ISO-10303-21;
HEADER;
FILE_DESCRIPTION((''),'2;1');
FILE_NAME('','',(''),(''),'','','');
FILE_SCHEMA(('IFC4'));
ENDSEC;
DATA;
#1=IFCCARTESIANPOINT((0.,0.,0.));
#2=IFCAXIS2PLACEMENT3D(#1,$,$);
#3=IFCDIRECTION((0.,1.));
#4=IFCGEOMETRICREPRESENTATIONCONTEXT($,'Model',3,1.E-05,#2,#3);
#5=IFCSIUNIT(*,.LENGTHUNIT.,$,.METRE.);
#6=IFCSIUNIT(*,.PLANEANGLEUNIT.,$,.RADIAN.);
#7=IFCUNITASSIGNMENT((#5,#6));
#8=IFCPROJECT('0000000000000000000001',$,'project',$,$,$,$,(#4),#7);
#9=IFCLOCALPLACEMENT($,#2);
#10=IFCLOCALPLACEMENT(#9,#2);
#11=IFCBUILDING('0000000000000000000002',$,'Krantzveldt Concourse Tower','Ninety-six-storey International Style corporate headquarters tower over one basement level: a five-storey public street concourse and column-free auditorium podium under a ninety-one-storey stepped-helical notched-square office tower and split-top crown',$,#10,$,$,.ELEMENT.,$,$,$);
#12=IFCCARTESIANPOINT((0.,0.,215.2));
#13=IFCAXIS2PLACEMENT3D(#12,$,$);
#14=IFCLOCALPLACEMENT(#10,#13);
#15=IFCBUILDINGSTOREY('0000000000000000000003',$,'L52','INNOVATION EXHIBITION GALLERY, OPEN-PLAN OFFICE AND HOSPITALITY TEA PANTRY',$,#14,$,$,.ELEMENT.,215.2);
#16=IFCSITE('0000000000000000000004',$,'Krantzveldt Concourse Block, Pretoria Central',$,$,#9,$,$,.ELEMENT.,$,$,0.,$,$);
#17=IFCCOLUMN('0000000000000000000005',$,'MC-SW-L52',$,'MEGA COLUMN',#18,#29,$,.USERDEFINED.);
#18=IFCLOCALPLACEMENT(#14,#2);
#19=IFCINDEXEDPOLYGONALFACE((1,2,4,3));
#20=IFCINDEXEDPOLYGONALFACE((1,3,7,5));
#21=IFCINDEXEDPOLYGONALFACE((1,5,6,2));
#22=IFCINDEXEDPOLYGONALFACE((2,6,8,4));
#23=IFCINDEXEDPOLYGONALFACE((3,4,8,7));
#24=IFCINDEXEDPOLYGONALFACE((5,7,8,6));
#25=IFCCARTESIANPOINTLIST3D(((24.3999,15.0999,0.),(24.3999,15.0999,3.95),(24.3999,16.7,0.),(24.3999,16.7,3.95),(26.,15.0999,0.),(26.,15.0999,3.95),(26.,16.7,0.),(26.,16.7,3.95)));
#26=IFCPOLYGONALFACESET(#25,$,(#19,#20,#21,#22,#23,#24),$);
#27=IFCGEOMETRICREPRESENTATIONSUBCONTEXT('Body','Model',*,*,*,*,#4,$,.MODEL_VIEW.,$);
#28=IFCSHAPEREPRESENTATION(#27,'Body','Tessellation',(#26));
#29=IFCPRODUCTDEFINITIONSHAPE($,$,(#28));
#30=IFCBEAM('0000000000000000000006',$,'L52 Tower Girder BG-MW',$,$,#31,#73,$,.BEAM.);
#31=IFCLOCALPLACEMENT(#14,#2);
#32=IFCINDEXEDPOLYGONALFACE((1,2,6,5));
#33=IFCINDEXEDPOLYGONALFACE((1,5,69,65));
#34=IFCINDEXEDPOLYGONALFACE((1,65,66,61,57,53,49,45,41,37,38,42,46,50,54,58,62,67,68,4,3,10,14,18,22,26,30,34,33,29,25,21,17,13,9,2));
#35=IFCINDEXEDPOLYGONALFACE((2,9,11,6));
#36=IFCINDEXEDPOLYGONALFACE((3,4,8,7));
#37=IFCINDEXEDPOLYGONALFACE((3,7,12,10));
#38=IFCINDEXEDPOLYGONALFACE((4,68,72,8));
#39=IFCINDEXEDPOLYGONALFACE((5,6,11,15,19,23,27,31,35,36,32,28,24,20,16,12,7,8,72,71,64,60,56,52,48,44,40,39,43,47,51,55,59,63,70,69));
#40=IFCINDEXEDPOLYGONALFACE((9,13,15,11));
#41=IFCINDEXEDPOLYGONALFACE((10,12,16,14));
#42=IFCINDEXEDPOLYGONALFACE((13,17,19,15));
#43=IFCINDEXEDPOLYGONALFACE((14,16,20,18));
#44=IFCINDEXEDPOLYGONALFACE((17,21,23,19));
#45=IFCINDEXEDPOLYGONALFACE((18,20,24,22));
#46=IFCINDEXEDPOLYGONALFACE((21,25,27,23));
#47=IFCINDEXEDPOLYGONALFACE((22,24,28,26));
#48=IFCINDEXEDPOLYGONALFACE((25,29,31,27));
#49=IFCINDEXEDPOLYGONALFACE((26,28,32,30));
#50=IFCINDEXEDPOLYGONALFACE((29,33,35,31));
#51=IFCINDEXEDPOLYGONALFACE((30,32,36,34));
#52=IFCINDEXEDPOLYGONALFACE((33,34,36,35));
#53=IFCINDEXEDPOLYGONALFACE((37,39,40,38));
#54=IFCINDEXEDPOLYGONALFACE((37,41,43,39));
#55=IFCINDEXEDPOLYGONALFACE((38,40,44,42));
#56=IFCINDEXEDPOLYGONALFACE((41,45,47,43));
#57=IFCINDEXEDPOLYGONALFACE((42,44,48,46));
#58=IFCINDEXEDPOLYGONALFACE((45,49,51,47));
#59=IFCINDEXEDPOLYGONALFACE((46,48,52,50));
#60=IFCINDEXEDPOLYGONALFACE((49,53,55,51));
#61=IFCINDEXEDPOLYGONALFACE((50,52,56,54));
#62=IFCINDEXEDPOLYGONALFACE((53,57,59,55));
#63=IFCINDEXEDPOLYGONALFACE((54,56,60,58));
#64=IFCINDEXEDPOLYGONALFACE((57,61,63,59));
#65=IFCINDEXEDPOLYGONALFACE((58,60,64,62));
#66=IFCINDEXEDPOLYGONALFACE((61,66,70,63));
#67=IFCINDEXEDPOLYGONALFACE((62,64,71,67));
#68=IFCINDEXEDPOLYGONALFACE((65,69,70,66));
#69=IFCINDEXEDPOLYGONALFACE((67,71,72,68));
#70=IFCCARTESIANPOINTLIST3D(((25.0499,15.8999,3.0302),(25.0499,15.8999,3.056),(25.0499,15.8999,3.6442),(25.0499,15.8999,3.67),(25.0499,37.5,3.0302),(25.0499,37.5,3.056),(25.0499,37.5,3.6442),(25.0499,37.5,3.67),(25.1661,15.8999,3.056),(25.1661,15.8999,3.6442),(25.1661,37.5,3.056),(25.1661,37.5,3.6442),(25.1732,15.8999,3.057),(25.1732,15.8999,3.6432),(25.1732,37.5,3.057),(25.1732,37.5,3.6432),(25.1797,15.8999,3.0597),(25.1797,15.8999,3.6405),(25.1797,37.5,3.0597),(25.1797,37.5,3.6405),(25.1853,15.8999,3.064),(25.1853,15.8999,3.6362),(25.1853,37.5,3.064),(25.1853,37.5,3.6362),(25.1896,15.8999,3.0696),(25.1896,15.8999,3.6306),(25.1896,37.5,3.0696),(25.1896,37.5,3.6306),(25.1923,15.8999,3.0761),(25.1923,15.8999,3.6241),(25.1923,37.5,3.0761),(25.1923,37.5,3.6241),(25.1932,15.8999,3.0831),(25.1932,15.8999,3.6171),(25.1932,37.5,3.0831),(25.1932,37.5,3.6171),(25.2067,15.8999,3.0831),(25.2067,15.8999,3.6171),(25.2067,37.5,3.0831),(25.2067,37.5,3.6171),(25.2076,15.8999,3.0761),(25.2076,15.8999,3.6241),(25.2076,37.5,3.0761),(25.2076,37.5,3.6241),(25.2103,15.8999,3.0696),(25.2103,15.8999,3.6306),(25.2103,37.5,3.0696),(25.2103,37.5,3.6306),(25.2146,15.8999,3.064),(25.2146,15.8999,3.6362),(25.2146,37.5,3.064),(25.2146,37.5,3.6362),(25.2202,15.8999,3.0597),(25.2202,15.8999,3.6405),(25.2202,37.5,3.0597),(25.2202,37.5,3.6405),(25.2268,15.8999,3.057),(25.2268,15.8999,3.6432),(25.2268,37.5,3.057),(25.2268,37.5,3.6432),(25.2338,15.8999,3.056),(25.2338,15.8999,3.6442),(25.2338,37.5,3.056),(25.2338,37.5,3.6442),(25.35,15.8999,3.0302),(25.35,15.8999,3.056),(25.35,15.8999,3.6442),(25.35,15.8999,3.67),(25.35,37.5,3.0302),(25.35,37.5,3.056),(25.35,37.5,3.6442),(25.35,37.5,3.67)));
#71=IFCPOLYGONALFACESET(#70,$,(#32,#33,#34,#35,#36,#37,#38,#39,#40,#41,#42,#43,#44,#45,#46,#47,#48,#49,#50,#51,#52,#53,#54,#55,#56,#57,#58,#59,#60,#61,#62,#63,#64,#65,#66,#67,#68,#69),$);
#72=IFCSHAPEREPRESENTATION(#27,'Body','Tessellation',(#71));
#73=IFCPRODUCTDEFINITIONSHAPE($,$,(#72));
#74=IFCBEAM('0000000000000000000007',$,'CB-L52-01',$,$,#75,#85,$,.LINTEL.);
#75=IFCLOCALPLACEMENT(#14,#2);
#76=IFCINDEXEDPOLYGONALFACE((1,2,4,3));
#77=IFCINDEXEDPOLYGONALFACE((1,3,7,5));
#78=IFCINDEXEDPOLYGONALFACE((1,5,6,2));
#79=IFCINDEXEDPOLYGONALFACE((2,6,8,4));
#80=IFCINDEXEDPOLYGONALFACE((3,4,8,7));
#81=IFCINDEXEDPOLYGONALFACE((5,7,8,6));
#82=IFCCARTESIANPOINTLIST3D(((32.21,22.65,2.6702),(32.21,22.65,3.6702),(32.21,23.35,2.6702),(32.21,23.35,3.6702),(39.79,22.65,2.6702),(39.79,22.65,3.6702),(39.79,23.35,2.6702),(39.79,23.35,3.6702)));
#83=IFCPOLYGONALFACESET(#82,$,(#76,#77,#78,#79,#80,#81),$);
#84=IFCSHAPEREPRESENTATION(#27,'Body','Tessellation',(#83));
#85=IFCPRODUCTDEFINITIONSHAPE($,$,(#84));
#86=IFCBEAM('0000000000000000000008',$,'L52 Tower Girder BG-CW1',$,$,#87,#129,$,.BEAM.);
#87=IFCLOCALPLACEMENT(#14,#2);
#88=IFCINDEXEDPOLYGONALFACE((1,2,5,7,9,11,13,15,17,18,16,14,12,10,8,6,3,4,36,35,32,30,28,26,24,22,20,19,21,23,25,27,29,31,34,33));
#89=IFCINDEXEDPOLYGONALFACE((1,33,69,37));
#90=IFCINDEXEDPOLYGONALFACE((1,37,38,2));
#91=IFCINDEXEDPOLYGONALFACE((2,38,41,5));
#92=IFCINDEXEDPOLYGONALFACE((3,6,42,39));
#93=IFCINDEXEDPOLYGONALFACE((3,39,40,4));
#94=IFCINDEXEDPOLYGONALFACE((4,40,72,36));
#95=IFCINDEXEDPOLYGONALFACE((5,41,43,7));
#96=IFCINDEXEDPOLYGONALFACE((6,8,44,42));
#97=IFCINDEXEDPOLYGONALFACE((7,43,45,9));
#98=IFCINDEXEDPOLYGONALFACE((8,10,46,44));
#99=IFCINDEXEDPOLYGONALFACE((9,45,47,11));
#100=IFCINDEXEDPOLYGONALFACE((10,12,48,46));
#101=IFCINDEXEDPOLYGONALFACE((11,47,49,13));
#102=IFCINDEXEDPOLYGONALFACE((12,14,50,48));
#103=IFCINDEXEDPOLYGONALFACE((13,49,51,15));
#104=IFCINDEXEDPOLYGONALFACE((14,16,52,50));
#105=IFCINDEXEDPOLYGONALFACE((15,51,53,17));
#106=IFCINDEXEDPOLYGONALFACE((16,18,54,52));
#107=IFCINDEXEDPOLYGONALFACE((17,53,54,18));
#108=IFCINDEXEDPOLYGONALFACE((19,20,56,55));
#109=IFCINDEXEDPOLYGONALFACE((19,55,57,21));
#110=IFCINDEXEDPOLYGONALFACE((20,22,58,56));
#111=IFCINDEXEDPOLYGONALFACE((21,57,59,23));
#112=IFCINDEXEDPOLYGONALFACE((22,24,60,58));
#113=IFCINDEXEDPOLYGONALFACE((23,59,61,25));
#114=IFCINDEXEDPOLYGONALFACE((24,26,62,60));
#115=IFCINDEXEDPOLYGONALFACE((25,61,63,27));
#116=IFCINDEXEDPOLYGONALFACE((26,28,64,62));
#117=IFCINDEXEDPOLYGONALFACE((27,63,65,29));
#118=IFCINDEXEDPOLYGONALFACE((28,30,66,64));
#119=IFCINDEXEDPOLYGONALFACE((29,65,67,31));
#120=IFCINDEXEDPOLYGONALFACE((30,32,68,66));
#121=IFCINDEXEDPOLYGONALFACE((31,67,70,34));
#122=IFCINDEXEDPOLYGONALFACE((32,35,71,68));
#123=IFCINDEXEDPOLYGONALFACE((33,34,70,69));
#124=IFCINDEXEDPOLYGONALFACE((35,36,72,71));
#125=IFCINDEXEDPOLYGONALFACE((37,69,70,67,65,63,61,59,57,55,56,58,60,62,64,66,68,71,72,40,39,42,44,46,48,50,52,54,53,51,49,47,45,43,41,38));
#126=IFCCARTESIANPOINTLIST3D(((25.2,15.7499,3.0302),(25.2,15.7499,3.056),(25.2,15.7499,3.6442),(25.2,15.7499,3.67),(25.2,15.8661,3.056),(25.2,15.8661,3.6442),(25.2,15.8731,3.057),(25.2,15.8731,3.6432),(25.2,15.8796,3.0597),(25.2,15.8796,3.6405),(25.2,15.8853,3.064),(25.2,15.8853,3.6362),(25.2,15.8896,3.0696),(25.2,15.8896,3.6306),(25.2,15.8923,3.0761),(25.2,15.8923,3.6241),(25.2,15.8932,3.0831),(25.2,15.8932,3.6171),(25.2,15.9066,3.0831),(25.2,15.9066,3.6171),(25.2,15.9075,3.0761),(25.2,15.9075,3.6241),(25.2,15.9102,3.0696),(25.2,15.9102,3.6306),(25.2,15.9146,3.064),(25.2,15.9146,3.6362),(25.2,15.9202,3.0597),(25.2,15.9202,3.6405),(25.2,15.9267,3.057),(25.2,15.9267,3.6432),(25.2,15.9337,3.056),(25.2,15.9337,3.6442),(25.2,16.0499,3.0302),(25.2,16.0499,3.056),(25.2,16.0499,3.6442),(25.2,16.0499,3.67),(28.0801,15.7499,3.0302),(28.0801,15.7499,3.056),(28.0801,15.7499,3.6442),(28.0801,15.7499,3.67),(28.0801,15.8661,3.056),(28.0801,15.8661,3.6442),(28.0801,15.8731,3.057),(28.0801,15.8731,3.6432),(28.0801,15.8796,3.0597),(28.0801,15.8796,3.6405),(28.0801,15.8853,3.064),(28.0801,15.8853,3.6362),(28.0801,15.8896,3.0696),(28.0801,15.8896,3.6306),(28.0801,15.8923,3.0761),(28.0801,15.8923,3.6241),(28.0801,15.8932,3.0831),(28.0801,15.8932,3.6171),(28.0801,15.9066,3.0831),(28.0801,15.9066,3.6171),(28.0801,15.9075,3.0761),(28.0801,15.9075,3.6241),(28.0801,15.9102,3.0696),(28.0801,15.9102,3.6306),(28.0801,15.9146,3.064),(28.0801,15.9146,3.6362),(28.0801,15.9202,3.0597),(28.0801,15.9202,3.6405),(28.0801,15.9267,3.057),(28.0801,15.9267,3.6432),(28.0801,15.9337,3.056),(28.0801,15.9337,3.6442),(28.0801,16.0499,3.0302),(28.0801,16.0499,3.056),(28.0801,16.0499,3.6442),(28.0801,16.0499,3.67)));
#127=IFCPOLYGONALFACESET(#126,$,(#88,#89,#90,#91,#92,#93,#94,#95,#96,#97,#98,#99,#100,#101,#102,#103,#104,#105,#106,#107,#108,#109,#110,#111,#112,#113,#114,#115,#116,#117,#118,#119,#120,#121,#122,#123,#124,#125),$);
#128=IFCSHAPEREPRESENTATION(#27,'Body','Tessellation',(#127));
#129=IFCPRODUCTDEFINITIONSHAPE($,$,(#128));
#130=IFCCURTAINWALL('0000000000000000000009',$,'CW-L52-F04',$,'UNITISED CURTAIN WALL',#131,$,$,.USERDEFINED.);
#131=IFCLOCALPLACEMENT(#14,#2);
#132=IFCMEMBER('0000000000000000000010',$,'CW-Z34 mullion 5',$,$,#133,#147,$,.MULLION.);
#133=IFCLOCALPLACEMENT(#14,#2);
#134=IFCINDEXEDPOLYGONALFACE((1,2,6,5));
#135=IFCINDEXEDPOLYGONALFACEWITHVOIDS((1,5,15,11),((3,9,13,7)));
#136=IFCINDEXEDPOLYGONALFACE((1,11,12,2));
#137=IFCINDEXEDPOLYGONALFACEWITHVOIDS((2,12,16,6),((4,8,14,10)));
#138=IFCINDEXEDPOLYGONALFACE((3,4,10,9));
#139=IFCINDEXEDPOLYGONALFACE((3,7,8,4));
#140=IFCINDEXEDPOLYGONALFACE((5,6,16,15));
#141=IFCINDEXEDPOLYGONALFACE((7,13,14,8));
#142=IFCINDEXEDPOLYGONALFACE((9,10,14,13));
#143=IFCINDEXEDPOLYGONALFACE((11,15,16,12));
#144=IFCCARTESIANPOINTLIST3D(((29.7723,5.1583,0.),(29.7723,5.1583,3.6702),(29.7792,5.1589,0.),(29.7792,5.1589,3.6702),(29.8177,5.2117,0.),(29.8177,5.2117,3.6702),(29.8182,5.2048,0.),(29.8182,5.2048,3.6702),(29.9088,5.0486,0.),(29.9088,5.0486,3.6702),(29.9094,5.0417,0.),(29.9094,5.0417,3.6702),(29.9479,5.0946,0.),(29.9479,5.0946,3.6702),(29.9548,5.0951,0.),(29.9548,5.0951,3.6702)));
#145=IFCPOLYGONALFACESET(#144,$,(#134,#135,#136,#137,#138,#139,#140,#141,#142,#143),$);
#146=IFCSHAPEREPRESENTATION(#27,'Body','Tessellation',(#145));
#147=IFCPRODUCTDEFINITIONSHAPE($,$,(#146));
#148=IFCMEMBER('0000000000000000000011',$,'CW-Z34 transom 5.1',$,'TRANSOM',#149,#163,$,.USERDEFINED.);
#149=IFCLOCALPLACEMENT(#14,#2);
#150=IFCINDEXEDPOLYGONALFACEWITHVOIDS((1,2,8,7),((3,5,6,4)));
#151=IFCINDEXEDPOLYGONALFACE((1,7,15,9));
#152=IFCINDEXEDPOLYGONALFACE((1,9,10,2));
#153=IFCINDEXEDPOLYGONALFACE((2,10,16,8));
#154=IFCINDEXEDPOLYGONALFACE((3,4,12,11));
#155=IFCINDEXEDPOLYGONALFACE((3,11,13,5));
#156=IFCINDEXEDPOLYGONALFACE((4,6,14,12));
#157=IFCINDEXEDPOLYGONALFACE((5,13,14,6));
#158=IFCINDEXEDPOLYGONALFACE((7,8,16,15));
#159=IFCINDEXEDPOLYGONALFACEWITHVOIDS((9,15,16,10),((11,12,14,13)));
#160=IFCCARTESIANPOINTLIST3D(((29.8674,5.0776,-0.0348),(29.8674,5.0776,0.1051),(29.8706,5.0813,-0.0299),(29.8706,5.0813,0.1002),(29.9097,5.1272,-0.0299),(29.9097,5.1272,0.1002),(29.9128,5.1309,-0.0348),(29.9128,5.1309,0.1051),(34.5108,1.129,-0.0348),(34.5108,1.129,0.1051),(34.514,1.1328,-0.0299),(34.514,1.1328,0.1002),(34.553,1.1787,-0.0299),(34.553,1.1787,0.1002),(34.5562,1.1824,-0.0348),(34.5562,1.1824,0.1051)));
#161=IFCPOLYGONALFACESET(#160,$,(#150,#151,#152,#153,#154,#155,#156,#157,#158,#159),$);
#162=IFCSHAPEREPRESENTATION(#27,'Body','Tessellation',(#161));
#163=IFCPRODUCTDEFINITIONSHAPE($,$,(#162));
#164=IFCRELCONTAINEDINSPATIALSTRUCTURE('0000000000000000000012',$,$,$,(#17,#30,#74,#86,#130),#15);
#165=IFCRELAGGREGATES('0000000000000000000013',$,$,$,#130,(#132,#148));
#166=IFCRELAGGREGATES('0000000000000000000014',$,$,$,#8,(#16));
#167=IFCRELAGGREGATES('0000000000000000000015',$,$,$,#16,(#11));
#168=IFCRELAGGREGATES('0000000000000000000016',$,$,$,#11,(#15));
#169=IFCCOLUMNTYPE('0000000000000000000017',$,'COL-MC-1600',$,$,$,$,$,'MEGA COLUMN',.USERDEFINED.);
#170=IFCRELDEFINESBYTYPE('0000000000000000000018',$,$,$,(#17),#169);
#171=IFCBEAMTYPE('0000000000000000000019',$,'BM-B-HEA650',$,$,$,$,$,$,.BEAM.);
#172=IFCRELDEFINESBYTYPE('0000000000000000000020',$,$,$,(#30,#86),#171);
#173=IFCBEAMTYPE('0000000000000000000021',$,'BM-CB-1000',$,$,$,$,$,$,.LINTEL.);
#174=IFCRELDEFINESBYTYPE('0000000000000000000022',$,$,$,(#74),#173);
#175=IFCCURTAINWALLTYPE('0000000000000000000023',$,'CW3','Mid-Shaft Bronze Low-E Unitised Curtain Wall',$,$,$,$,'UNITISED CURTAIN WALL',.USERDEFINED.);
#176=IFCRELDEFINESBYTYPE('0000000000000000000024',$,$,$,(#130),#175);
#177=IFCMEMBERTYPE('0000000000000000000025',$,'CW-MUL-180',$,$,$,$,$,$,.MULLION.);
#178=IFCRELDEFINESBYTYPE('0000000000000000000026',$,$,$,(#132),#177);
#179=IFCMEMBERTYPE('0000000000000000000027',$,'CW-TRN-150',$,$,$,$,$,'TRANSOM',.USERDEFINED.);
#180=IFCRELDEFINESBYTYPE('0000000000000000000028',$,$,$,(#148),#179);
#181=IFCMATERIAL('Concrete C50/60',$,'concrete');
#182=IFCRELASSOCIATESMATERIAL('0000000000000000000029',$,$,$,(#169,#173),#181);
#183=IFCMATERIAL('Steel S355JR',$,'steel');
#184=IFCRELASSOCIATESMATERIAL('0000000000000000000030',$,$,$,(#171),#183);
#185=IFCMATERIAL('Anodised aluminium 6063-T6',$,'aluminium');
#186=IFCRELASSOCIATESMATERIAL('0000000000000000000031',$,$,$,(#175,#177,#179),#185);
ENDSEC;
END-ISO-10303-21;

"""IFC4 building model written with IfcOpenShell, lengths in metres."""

from ifc_helpers import new_model, si_unit, direction, frame, origin, origin_2d, place, context, subcontext, project, spatial, rectangle, hollow_rectangle, i_section, extrude, source, transform, mapped, material, material_profile, profile_set, type_object, type_shapes, element, aggregate, save


model = new_model("IFC4")

# Units and contexts
model_context = context("Model", 3, precision=1e-05, world=origin(), true_north=direction((0.0, 1.0)))
body_context = subcontext(model_context, "Body", "Model", "MODEL_VIEW")
ifc_project = project(units=[si_unit("LENGTHUNIT", "METRE"), si_unit("PLANEANGLEUNIT", "RADIAN")], contexts=[model_context])

# Site, building, storey
site_placement = place(None, origin())
site = spatial("IfcSite", under=ifc_project, at=site_placement, Name="Krantzveldt Concourse Block, Pretoria Central", CompositionType="ELEMENT", RefElevation=0.0)
building_placement = place(site_placement, origin())
building = spatial("IfcBuilding", under=site, at=building_placement, Name="Krantzveldt Concourse Tower", Description="Ninety-six-storey International Style corporate headquarters tower over one basement level: a five-storey public street concourse and column-free auditorium podium under a ninety-one-storey stepped-helical notched-square office tower and split-top crown", CompositionType="ELEMENT")
storey_placement = place(building_placement, frame((0.0, 0.0, 215.2)))
storey = spatial("IfcBuildingStorey", under=building, at=storey_placement, Name="L52", Description="INNOVATION EXHIBITION GALLERY, OPEN-PLAN OFFICE AND HOSPITALITY TEA PANTRY", CompositionType="ELEMENT", Elevation=215.2)

# Column
ifc_material_1 = material(Name="Concrete C50/60", Category="concrete")
ifc_material_profile_1 = material_profile(ifc_material_1, rectangle(XDim=1.6001, YDim=1.6001, at=origin_2d()), Name="Concrete C50/60", Category="concrete")
ifc_profile_set_1 = profile_set([ifc_material_profile_1], Name="Concrete C50/60 - RC 1600x1600")
column_type = type_object("IfcColumnType", Name="COL-MC-1600", ElementType="MEGA COLUMN", PredefinedType="USERDEFINED", material=ifc_profile_set_1)
shared_shape_1 = source(origin(), body_context, "Body", "SweptSolid", [
    extrude(rectangle(XDim=1.6001, YDim=1.6001, at=origin_2d()), origin(), (0.0, 0.0, 1.0), 3.95),
])
type_shapes(column_type, [shared_shape_1])
column_placement = place(storey_placement, frame((25.2, 15.8999, 0.0), z_axis=(0.0, 0.0, 1.0), x_axis=(1.0, 0.0, 0.0)))
element("IfcColumn", 1, at=column_placement, inside=storey, type_object=column_type, Name="MC-SW-L52", ObjectType="MEGA COLUMN", PredefinedType="USERDEFINED", context=body_context, shape_type="MappedRepresentation", body=[
    mapped(shared_shape_1, transform((0.0, 0.0, 0.0), x_axis=(1.0, 0.0, 0.0), y_axis=(0.0, 1.0, 0.0), z_axis=(0.0, 0.0, 1.0), scale=1.0)),
])

# Beams
ifc_material_2 = material(Name="Steel S355JR", Category="steel")
ifc_material_profile_2 = material_profile(ifc_material_2, i_section(OverallWidth=0.3, OverallDepth=0.6399, WebThickness=0.0134, FlangeThickness=0.0259, FilletRadius=0.0271, at=origin_2d()), Name="Steel S355JR", Category="steel")
ifc_profile_set_2 = profile_set([ifc_material_profile_2], Name="Steel S355JR - HEA 650")
beam_type_1 = type_object("IfcBeamType", Name="BM-B-HEA650", PredefinedType="BEAM", material=ifc_profile_set_2)
shared_shape_2 = source(origin(), body_context, "Body", "SweptSolid", [
    extrude(i_section(OverallWidth=0.3, OverallDepth=0.6399, WebThickness=0.0134, FlangeThickness=0.0259, FilletRadius=0.0271, at=origin_2d()), origin(), (0.0, 0.0, 1.0), 21.6001),
])
beam_1_placement = place(storey_placement, frame((25.2, 15.8999, 3.3501), z_axis=(0.0, 1.0, 0.0), x_axis=(-1.0, 0.0, 0.0)))
element("IfcBeam", 2, at=beam_1_placement, inside=storey, type_object=beam_type_1, Name="L52 Tower Girder BG-MW", PredefinedType="BEAM", context=body_context, shape_type="MappedRepresentation", body=[
    mapped(shared_shape_2, transform((0.0, 0.0, 0.0), x_axis=(1.0, 0.0, 0.0), y_axis=(0.0, 1.0, 0.0), z_axis=(0.0, 0.0, 1.0), scale=1.0)),
])
ifc_material_profile_3 = material_profile(ifc_material_1, rectangle(XDim=0.7, YDim=1.0, at=origin_2d()), Name="Concrete C50/60", Category="concrete")
ifc_profile_set_3 = profile_set([ifc_material_profile_3], Name="Concrete C50/60 - RC-CB 700x1000")
beam_type_2 = type_object("IfcBeamType", Name="BM-CB-1000", PredefinedType="LINTEL", material=ifc_profile_set_3)
shared_shape_3 = source(origin(), body_context, "Body", "SweptSolid", [
    extrude(rectangle(XDim=0.7, YDim=1.0, at=origin_2d()), origin(), (0.0, 0.0, 1.0), 7.5801),
])
type_shapes(beam_type_2, [shared_shape_3])
beam_2_placement = place(storey_placement, frame((32.21, 23.0, 3.1702), z_axis=(1.0, 0.0, 0.0), x_axis=(0.0, 1.0, 0.0)))
element("IfcBeam", 3, at=beam_2_placement, inside=storey, type_object=beam_type_2, Name="CB-L52-01", PredefinedType="LINTEL", context=body_context, shape_type="MappedRepresentation", body=[
    mapped(shared_shape_3, transform((0.0, 0.0, 0.0), x_axis=(1.0, 0.0, 0.0), y_axis=(0.0, 1.0, 0.0), z_axis=(0.0, 0.0, 1.0), scale=1.0)),
])
shared_shape_4 = source(origin(), body_context, "Body", "SweptSolid", [
    extrude(i_section(OverallWidth=0.3, OverallDepth=0.6399, WebThickness=0.0134, FlangeThickness=0.0259, FilletRadius=0.0271, at=origin_2d()), origin(), (0.0, 0.0, 1.0), 2.8801),
])
type_shapes(beam_type_1, [shared_shape_2, shared_shape_4])
beam_3_placement = place(storey_placement, frame((25.2, 15.8999, 3.3501), z_axis=(1.0, 0.0, 0.0), x_axis=(0.0, 1.0, 0.0)))
element("IfcBeam", 4, at=beam_3_placement, inside=storey, type_object=beam_type_1, Name="L52 Tower Girder BG-CW1", PredefinedType="BEAM", context=body_context, shape_type="MappedRepresentation", body=[
    mapped(shared_shape_4, transform((0.0, 0.0, 0.0), x_axis=(1.0, 0.0, 0.0), y_axis=(0.0, 1.0, 0.0), z_axis=(0.0, 0.0, 1.0), scale=1.0)),
])

# Curtain wall, members
ifc_material_3 = material(Name="Anodised aluminium 6063-T6", Category="aluminium")
curtain_wall_type = type_object("IfcCurtainWallType", Name="CW3", Description="Mid-Shaft Bronze Low-E Unitised Curtain Wall", ElementType="UNITISED CURTAIN WALL", PredefinedType="USERDEFINED", material=ifc_material_3)
curtain_wall_placement = place(storey_placement, origin())
curtain_wall = element("IfcCurtainWall", 5, at=curtain_wall_placement, inside=storey, type_object=curtain_wall_type, Name="CW-L52-F04", ObjectType="UNITISED CURTAIN WALL", PredefinedType="USERDEFINED")
ifc_material_profile_4 = material_profile(ifc_material_3, hollow_rectangle(XDim=0.0701, YDim=0.1799, WallThickness=0.0049, at=origin_2d()), Name="Anodised aluminium 6063-T6", Category="aluminium")
ifc_profile_set_4 = profile_set([ifc_material_profile_4], Name="Anodised aluminium 6063-T6 - ALU-MULL 180x70x5")
member_type_1 = type_object("IfcMemberType", Name="CW-MUL-180", PredefinedType="MULLION", material=ifc_profile_set_4)
shared_shape_5 = source(origin(), body_context, "Body", "SweptSolid", [
    extrude(hollow_rectangle(XDim=0.0701, YDim=0.1799, WallThickness=0.0049, at=origin_2d()), origin(), (0.0, 0.0, 1.0), 3.6702),
])
type_shapes(member_type_1, [shared_shape_5])
member_1_placement = place(storey_placement, frame((29.8635, 5.1267, 0.0), z_axis=(0.0, 0.0, 1.0), x_axis=(0.647788, 0.761821, 0.0)))
member_1 = element("IfcMember", 6, at=member_1_placement, type_object=member_type_1, Name="CW-Z34 mullion 5", PredefinedType="MULLION", context=body_context, shape_type="MappedRepresentation", body=[
    mapped(shared_shape_5, transform((0.0, 0.0, 0.0), x_axis=(1.0, 0.0, 0.0), y_axis=(0.0, 1.0, 0.0), z_axis=(0.0, 0.0, 1.0), scale=1.0)),
])
ifc_material_profile_5 = material_profile(ifc_material_3, hollow_rectangle(XDim=0.0701, YDim=0.1399, WallThickness=0.0049, at=origin_2d()), Name="Anodised aluminium 6063-T6", Category="aluminium")
ifc_profile_set_5 = profile_set([ifc_material_profile_5], Name="Anodised aluminium 6063-T6 - ALU-TRAN 140x70x5")
member_type_2 = type_object("IfcMemberType", Name="CW-TRN-150", ElementType="TRANSOM", PredefinedType="USERDEFINED", material=ifc_profile_set_5)
shared_shape_6 = source(origin(), body_context, "Body", "SweptSolid", [
    extrude(hollow_rectangle(XDim=0.0701, YDim=0.1399, WallThickness=0.0049, at=origin_2d()), origin(), (0.0, 0.0, 1.0), 6.0952),
])
type_shapes(member_type_2, [shared_shape_6])
member_2_placement = place(storey_placement, frame((29.8901, 5.1042, 0.0352), z_axis=(0.761804, -0.647808, 0.0), x_axis=(0.647808, 0.761804, 0.0)))
member_2 = element("IfcMember", 7, at=member_2_placement, type_object=member_type_2, Name="CW-Z34 transom 5.1", ObjectType="TRANSOM", PredefinedType="USERDEFINED", context=body_context, shape_type="MappedRepresentation", body=[
    mapped(shared_shape_6, transform((0.0, 0.0, 0.0), x_axis=(1.0, 0.0, 0.0), y_axis=(0.0, 1.0, 0.0), z_axis=(0.0, 0.0, 1.0), scale=1.0)),
])
aggregate(curtain_wall, [member_1, member_2])

save(model, "model.ifc")
